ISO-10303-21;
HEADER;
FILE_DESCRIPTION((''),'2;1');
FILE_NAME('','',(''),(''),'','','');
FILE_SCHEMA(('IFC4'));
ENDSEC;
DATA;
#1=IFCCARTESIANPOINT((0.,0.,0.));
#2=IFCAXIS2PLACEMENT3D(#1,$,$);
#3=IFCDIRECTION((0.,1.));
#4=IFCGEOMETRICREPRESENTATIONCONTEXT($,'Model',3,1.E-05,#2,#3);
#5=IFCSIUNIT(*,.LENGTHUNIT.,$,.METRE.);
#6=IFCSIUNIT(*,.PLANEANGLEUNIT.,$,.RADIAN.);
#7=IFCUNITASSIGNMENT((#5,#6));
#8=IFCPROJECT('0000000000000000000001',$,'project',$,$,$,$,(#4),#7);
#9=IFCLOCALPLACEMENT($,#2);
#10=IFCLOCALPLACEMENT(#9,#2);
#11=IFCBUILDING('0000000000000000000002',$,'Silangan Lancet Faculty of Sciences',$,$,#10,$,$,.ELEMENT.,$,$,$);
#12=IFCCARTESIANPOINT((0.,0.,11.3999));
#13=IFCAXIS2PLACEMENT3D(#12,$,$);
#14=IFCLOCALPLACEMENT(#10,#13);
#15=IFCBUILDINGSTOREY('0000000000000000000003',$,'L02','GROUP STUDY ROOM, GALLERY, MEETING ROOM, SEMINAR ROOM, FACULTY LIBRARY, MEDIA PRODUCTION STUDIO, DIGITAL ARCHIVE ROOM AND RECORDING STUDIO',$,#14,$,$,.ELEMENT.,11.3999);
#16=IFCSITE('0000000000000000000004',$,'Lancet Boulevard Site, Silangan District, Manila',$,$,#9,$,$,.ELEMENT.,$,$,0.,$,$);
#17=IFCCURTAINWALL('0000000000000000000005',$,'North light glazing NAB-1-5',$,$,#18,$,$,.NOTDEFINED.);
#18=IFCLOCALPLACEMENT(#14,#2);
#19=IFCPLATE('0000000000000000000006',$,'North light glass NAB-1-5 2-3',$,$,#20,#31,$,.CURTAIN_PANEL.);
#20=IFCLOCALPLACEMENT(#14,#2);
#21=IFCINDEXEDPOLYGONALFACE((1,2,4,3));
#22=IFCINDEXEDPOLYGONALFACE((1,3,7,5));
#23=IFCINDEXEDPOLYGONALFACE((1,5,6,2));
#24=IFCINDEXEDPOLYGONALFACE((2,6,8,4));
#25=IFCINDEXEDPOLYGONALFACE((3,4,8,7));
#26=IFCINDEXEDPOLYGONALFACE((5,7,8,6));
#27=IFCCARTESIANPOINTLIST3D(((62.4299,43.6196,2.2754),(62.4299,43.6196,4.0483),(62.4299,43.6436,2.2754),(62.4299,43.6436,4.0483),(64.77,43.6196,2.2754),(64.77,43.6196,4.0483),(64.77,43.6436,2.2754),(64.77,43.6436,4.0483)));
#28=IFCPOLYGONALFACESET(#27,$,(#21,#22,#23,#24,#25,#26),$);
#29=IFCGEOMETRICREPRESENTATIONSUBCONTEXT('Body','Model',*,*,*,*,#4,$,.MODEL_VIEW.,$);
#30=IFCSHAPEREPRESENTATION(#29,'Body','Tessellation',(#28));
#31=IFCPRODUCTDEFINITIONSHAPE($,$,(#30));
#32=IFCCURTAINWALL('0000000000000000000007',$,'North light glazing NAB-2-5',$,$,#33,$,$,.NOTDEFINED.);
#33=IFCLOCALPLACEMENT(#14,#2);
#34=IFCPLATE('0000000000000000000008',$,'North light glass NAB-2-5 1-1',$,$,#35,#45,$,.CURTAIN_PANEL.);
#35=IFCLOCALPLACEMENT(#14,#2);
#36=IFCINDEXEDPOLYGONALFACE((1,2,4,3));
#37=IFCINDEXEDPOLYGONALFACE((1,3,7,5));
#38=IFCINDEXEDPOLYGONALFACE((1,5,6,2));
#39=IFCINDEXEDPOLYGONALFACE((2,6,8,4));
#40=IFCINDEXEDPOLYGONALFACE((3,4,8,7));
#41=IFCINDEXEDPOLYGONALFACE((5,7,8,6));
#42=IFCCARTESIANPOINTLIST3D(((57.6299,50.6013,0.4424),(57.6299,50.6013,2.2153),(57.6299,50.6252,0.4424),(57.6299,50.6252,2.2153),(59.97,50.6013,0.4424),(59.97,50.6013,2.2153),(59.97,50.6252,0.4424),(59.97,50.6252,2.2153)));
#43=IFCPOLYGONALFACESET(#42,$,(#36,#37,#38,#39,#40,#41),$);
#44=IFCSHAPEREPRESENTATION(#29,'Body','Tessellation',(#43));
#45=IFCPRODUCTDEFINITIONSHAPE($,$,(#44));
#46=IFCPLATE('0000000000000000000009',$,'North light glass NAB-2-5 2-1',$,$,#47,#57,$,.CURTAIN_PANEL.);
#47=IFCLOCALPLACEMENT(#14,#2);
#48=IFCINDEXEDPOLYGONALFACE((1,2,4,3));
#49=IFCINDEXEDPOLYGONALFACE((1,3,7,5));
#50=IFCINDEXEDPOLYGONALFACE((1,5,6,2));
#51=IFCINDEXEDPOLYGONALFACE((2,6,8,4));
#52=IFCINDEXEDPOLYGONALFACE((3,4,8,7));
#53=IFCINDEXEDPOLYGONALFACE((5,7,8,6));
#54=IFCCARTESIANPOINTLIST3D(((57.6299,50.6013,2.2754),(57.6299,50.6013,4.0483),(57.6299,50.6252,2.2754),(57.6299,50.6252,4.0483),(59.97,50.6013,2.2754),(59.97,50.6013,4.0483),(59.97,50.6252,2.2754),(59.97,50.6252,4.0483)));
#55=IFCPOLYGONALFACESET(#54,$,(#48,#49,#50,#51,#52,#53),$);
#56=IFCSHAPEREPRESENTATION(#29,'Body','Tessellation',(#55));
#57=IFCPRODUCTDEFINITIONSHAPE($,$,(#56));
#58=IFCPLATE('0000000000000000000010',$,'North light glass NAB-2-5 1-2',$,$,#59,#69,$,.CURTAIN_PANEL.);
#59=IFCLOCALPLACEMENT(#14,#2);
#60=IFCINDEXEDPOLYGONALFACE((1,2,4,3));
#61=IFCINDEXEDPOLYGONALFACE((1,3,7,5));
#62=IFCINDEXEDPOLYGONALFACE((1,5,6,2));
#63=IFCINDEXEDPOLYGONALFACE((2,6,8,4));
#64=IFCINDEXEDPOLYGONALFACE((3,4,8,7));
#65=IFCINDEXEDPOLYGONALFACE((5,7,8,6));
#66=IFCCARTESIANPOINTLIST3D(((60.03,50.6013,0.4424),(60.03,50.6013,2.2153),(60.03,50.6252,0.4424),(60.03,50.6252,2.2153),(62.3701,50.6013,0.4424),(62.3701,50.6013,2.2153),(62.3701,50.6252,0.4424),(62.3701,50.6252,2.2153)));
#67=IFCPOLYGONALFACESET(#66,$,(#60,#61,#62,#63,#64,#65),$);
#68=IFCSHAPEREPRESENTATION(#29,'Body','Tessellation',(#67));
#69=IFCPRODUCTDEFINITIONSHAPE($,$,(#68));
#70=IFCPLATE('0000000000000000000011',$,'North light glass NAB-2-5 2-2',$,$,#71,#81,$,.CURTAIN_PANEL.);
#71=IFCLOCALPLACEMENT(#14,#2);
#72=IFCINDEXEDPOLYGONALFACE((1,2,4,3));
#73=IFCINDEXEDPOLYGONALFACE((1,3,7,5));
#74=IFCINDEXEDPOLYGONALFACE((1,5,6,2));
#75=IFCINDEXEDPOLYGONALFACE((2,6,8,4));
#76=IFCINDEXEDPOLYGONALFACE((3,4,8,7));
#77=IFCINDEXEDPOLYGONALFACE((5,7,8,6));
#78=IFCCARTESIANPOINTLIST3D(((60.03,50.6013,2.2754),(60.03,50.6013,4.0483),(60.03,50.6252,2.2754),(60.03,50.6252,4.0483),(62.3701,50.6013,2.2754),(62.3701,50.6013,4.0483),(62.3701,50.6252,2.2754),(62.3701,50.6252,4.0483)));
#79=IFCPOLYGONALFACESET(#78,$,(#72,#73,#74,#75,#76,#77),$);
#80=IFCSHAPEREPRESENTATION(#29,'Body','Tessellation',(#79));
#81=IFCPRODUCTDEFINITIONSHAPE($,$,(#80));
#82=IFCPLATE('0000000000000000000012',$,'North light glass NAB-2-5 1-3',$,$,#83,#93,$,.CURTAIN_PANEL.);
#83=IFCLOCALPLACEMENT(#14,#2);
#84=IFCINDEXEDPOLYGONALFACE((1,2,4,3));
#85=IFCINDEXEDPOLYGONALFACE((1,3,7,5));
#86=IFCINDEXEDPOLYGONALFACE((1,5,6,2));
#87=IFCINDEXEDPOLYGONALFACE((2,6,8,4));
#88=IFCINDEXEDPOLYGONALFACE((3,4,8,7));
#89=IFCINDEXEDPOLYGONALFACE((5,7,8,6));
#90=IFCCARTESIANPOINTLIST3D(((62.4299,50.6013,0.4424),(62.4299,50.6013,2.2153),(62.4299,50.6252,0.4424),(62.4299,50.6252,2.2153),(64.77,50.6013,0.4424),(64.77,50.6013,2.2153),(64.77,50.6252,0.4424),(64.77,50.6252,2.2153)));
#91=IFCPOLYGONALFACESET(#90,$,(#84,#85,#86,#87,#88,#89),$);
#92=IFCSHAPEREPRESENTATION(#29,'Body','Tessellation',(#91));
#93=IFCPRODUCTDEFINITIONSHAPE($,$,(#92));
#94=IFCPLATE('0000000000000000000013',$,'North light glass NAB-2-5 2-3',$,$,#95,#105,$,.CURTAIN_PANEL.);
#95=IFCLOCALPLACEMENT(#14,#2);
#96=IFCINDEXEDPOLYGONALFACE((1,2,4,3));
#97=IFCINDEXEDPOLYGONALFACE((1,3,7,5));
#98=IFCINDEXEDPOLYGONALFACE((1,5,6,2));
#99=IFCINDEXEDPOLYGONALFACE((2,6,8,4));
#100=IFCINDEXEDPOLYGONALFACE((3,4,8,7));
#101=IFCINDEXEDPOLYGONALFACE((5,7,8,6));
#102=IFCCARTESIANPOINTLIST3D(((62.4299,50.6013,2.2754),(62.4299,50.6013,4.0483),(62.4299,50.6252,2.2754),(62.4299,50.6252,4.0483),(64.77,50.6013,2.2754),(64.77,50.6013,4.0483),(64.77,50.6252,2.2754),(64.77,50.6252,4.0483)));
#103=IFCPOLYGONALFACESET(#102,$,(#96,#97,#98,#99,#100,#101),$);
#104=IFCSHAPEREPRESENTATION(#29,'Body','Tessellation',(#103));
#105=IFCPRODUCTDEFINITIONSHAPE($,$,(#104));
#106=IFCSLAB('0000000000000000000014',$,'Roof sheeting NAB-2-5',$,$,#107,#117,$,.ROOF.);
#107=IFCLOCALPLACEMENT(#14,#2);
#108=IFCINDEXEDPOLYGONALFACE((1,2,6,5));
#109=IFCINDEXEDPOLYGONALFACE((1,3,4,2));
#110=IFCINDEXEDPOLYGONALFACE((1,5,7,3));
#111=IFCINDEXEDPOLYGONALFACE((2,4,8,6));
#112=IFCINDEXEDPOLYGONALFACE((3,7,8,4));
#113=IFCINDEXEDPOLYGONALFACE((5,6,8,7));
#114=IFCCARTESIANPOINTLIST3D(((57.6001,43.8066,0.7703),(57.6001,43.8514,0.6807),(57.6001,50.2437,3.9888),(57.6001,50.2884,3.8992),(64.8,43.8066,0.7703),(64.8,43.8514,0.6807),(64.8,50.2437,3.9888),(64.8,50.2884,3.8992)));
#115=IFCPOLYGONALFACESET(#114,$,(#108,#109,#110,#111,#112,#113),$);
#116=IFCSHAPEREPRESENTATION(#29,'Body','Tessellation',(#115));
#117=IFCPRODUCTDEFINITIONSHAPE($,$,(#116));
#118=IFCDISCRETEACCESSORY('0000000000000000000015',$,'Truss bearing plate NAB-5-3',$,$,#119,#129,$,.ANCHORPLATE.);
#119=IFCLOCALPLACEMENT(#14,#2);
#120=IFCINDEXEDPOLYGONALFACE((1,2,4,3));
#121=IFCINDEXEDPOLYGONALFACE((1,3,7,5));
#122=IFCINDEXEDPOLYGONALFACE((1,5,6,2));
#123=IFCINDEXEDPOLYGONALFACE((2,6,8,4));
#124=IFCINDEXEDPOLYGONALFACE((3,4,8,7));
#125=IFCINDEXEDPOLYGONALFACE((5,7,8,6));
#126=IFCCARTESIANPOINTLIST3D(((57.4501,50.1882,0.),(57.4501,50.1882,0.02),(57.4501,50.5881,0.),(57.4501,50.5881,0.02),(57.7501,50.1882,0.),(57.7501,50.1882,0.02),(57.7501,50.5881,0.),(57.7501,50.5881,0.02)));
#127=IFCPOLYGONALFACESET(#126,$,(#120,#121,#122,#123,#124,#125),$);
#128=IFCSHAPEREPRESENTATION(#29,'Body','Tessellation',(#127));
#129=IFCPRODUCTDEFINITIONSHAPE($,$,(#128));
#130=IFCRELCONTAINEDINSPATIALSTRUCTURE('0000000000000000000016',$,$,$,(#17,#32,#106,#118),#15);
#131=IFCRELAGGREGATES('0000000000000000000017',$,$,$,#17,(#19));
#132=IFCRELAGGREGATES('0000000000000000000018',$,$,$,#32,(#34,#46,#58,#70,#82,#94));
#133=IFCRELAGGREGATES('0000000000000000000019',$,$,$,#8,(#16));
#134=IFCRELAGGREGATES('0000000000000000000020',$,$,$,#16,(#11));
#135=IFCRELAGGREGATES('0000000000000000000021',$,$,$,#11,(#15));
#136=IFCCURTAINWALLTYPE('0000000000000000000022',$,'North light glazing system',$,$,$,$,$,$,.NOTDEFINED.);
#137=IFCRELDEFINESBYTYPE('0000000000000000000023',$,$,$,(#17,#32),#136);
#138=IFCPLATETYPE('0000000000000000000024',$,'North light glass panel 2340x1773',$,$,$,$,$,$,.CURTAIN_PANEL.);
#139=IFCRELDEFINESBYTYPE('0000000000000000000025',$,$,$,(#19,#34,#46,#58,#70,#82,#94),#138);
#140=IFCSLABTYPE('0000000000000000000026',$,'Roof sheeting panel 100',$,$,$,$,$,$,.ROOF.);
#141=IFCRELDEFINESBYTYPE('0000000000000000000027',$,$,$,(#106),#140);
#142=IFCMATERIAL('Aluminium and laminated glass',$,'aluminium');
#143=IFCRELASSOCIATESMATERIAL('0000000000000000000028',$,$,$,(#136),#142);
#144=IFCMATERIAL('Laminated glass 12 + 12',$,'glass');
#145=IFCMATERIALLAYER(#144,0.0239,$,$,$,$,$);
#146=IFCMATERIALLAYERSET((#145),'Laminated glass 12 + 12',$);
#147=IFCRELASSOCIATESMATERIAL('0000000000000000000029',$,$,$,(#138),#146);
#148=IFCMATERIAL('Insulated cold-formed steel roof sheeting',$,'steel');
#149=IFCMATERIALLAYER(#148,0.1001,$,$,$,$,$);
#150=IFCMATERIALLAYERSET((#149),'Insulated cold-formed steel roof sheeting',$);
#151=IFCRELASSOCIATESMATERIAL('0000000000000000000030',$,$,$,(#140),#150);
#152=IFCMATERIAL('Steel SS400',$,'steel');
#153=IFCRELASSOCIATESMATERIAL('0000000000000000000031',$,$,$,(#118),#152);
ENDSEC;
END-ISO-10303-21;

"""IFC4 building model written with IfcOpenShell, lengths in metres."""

from ifc_helpers import new_model, si_unit, direction, frame, origin, origin_2d, place, context, subcontext, project, spatial, polyline, rectangle, outline, extrude, material, layer, layer_set, type_object, element, aggregate, save


model = new_model("IFC4")

# Units and contexts
model_context = context("Model", 3, precision=1e-05, world=origin(), true_north=direction((0.0, 1.0)))
body_context = subcontext(model_context, "Body", "Model", "MODEL_VIEW")
ifc_project = project(units=[si_unit("LENGTHUNIT", "METRE"), si_unit("PLANEANGLEUNIT", "RADIAN")], contexts=[model_context])

# Site, building, storey
site_placement = place(None, origin())
site = spatial("IfcSite", under=ifc_project, at=site_placement, Name="Lancet Boulevard Site, Silangan District, Manila", CompositionType="ELEMENT", RefElevation=0.0)
building_placement = place(site_placement, origin())
building = spatial("IfcBuilding", under=site, at=building_placement, Name="Silangan Lancet Faculty of Sciences", CompositionType="ELEMENT")
storey_placement = place(building_placement, frame((0.0, 0.0, 11.3999)))
storey = spatial("IfcBuildingStorey", under=building, at=storey_placement, Name="L02", Description="GROUP STUDY ROOM, GALLERY, MEETING ROOM, SEMINAR ROOM, FACULTY LIBRARY, MEDIA PRODUCTION STUDIO, DIGITAL ARCHIVE ROOM AND RECORDING STUDIO", CompositionType="ELEMENT", Elevation=11.3999)

# Curtain wall
ifc_material_1 = material(Name="Aluminium and laminated glass", Category="aluminium")
curtain_wall_type = type_object("IfcCurtainWallType", Name="North light glazing system", PredefinedType="NOTDEFINED", material=ifc_material_1)
curtain_wall_1_placement = place(storey_placement, origin())
curtain_wall_1 = element("IfcCurtainWall", 1, at=curtain_wall_1_placement, inside=storey, type_object=curtain_wall_type, Name="North light glazing NAB-1-5", PredefinedType="NOTDEFINED")

# Plate
ifc_material_2 = material(Name="Laminated glass 12 + 12", Category="glass")
ifc_layer_1 = layer(ifc_material_2, 0.0239)
ifc_layer_set_1 = layer_set([ifc_layer_1], Name="Laminated glass 12 + 12")
plate_type = type_object("IfcPlateType", Name="North light glass panel 2340x1773", PredefinedType="CURTAIN_PANEL", material=ifc_layer_set_1)
plate_1_placement = place(storey_placement, frame((62.4299, 43.6196, 2.2754), z_axis=(0.0, -1.0, 0.0), x_axis=(1.0, 0.0, 0.0)))
plate_1 = element("IfcPlate", 2, at=plate_1_placement, type_object=plate_type, Name="North light glass NAB-1-5 2-3", PredefinedType="CURTAIN_PANEL", context=body_context, shape_type="SweptSolid", body=[
    extrude(outline(polyline([(0.0, 0.0), (2.3401, 0.0), (2.3401, 1.7729), (0.0, 1.7729), (0.0, 0.0)])), origin(), (0.0, 0.0, -1.0), 0.0239),
])
aggregate(curtain_wall_1, [plate_1])

# Curtain wall, plates
curtain_wall_2_placement = place(storey_placement, origin())
curtain_wall_2 = element("IfcCurtainWall", 3, at=curtain_wall_2_placement, inside=storey, type_object=curtain_wall_type, Name="North light glazing NAB-2-5", PredefinedType="NOTDEFINED")
plate_2_placement = place(storey_placement, frame((57.6299, 50.6013, 0.4424), z_axis=(0.0, -1.0, 0.0), x_axis=(1.0, 0.0, 0.0)))
plate_2 = element("IfcPlate", 4, at=plate_2_placement, type_object=plate_type, Name="North light glass NAB-2-5 1-1", PredefinedType="CURTAIN_PANEL", context=body_context, shape_type="SweptSolid", body=[
    extrude(outline(polyline([(0.0, 0.0), (2.3401, 0.0), (2.3401, 1.7729), (0.0, 1.7729), (0.0, 0.0)])), origin(), (0.0, 0.0, -1.0), 0.0239),
])
plate_3_placement = place(storey_placement, frame((57.6299, 50.6013, 2.2754), z_axis=(0.0, -1.0, 0.0), x_axis=(1.0, 0.0, 0.0)))
plate_3 = element("IfcPlate", 5, at=plate_3_placement, type_object=plate_type, Name="North light glass NAB-2-5 2-1", PredefinedType="CURTAIN_PANEL", context=body_context, shape_type="SweptSolid", body=[
    extrude(outline(polyline([(0.0, 0.0), (2.3401, 0.0), (2.3401, 1.7729), (0.0, 1.7729), (0.0, 0.0)])), origin(), (0.0, 0.0, -1.0), 0.0239),
])
plate_4_placement = place(storey_placement, frame((60.03, 50.6013, 0.4424), z_axis=(0.0, -1.0, 0.0), x_axis=(1.0, 0.0, 0.0)))
plate_4 = element("IfcPlate", 6, at=plate_4_placement, type_object=plate_type, Name="North light glass NAB-2-5 1-2", PredefinedType="CURTAIN_PANEL", context=body_context, shape_type="SweptSolid", body=[
    extrude(outline(polyline([(0.0, 0.0), (2.3401, 0.0), (2.3401, 1.7729), (0.0, 1.7729), (0.0, 0.0)])), origin(), (0.0, 0.0, -1.0), 0.0239),
])
plate_5_placement = place(storey_placement, frame((60.03, 50.6013, 2.2754), z_axis=(0.0, -1.0, 0.0), x_axis=(1.0, 0.0, 0.0)))
plate_5 = element("IfcPlate", 7, at=plate_5_placement, type_object=plate_type, Name="North light glass NAB-2-5 2-2", PredefinedType="CURTAIN_PANEL", context=body_context, shape_type="SweptSolid", body=[
    extrude(outline(polyline([(0.0, 0.0), (2.3401, 0.0), (2.3401, 1.7729), (0.0, 1.7729), (0.0, 0.0)])), origin(), (0.0, 0.0, -1.0), 0.0239),
])
plate_6_placement = place(storey_placement, frame((62.4299, 50.6013, 0.4424), z_axis=(0.0, -1.0, 0.0), x_axis=(1.0, 0.0, 0.0)))
plate_6 = element("IfcPlate", 8, at=plate_6_placement, type_object=plate_type, Name="North light glass NAB-2-5 1-3", PredefinedType="CURTAIN_PANEL", context=body_context, shape_type="SweptSolid", body=[
    extrude(outline(polyline([(0.0, 0.0), (2.3401, 0.0), (2.3401, 1.7729), (0.0, 1.7729), (0.0, 0.0)])), origin(), (0.0, 0.0, -1.0), 0.0239),
])
plate_7_placement = place(storey_placement, frame((62.4299, 50.6013, 2.2754), z_axis=(0.0, -1.0, 0.0), x_axis=(1.0, 0.0, 0.0)))
plate_7 = element("IfcPlate", 9, at=plate_7_placement, type_object=plate_type, Name="North light glass NAB-2-5 2-3", PredefinedType="CURTAIN_PANEL", context=body_context, shape_type="SweptSolid", body=[
    extrude(outline(polyline([(0.0, 0.0), (2.3401, 0.0), (2.3401, 1.7729), (0.0, 1.7729), (0.0, 0.0)])), origin(), (0.0, 0.0, -1.0), 0.0239),
])
aggregate(curtain_wall_2, [plate_2, plate_3, plate_4, plate_5, plate_6, plate_7])

# Slab
ifc_material_3 = material(Name="Insulated cold-formed steel roof sheeting", Category="steel")
ifc_layer_2 = layer(ifc_material_3, 0.1001)
ifc_layer_set_2 = layer_set([ifc_layer_2], Name="Insulated cold-formed steel roof sheeting")
slab_type = type_object("IfcSlabType", Name="Roof sheeting panel 100", PredefinedType="ROOF", material=ifc_layer_set_2)
slab_placement = place(storey_placement, frame((57.6001, 43.8066, 0.7703), z_axis=(0.0, -0.447214, 0.894427), x_axis=(1.0, 0.0, 0.0)))
element("IfcSlab", 10, at=slab_placement, inside=storey, type_object=slab_type, Name="Roof sheeting NAB-2-5", PredefinedType="ROOF", context=body_context, shape_type="SweptSolid", body=[
    extrude(outline(polyline([(0.0, 0.0), (7.2, 0.0), (7.2, 7.1968), (0.0, 7.1968), (0.0, 0.0)])), origin(), (0.0, 0.0, -1.0), 0.1001),
])

# Discrete accessory
ifc_material_4 = material(Name="Steel SS400", Category="steel")
discrete_accessory_placement = place(storey_placement, frame((57.6001, 50.3882, 0.0), z_axis=(0.0, 0.0, 1.0), x_axis=(1.0, 0.0, 0.0)))
element("IfcDiscreteAccessory", 11, at=discrete_accessory_placement, inside=storey, material=ifc_material_4, Name="Truss bearing plate NAB-5-3", PredefinedType="ANCHORPLATE", context=body_context, shape_type="SweptSolid", body=[
    extrude(rectangle(XDim=0.3, YDim=0.3999, at=origin_2d()), origin(), (0.0, 0.0, 1.0), 0.02),
])

save(model, "model.ifc")
